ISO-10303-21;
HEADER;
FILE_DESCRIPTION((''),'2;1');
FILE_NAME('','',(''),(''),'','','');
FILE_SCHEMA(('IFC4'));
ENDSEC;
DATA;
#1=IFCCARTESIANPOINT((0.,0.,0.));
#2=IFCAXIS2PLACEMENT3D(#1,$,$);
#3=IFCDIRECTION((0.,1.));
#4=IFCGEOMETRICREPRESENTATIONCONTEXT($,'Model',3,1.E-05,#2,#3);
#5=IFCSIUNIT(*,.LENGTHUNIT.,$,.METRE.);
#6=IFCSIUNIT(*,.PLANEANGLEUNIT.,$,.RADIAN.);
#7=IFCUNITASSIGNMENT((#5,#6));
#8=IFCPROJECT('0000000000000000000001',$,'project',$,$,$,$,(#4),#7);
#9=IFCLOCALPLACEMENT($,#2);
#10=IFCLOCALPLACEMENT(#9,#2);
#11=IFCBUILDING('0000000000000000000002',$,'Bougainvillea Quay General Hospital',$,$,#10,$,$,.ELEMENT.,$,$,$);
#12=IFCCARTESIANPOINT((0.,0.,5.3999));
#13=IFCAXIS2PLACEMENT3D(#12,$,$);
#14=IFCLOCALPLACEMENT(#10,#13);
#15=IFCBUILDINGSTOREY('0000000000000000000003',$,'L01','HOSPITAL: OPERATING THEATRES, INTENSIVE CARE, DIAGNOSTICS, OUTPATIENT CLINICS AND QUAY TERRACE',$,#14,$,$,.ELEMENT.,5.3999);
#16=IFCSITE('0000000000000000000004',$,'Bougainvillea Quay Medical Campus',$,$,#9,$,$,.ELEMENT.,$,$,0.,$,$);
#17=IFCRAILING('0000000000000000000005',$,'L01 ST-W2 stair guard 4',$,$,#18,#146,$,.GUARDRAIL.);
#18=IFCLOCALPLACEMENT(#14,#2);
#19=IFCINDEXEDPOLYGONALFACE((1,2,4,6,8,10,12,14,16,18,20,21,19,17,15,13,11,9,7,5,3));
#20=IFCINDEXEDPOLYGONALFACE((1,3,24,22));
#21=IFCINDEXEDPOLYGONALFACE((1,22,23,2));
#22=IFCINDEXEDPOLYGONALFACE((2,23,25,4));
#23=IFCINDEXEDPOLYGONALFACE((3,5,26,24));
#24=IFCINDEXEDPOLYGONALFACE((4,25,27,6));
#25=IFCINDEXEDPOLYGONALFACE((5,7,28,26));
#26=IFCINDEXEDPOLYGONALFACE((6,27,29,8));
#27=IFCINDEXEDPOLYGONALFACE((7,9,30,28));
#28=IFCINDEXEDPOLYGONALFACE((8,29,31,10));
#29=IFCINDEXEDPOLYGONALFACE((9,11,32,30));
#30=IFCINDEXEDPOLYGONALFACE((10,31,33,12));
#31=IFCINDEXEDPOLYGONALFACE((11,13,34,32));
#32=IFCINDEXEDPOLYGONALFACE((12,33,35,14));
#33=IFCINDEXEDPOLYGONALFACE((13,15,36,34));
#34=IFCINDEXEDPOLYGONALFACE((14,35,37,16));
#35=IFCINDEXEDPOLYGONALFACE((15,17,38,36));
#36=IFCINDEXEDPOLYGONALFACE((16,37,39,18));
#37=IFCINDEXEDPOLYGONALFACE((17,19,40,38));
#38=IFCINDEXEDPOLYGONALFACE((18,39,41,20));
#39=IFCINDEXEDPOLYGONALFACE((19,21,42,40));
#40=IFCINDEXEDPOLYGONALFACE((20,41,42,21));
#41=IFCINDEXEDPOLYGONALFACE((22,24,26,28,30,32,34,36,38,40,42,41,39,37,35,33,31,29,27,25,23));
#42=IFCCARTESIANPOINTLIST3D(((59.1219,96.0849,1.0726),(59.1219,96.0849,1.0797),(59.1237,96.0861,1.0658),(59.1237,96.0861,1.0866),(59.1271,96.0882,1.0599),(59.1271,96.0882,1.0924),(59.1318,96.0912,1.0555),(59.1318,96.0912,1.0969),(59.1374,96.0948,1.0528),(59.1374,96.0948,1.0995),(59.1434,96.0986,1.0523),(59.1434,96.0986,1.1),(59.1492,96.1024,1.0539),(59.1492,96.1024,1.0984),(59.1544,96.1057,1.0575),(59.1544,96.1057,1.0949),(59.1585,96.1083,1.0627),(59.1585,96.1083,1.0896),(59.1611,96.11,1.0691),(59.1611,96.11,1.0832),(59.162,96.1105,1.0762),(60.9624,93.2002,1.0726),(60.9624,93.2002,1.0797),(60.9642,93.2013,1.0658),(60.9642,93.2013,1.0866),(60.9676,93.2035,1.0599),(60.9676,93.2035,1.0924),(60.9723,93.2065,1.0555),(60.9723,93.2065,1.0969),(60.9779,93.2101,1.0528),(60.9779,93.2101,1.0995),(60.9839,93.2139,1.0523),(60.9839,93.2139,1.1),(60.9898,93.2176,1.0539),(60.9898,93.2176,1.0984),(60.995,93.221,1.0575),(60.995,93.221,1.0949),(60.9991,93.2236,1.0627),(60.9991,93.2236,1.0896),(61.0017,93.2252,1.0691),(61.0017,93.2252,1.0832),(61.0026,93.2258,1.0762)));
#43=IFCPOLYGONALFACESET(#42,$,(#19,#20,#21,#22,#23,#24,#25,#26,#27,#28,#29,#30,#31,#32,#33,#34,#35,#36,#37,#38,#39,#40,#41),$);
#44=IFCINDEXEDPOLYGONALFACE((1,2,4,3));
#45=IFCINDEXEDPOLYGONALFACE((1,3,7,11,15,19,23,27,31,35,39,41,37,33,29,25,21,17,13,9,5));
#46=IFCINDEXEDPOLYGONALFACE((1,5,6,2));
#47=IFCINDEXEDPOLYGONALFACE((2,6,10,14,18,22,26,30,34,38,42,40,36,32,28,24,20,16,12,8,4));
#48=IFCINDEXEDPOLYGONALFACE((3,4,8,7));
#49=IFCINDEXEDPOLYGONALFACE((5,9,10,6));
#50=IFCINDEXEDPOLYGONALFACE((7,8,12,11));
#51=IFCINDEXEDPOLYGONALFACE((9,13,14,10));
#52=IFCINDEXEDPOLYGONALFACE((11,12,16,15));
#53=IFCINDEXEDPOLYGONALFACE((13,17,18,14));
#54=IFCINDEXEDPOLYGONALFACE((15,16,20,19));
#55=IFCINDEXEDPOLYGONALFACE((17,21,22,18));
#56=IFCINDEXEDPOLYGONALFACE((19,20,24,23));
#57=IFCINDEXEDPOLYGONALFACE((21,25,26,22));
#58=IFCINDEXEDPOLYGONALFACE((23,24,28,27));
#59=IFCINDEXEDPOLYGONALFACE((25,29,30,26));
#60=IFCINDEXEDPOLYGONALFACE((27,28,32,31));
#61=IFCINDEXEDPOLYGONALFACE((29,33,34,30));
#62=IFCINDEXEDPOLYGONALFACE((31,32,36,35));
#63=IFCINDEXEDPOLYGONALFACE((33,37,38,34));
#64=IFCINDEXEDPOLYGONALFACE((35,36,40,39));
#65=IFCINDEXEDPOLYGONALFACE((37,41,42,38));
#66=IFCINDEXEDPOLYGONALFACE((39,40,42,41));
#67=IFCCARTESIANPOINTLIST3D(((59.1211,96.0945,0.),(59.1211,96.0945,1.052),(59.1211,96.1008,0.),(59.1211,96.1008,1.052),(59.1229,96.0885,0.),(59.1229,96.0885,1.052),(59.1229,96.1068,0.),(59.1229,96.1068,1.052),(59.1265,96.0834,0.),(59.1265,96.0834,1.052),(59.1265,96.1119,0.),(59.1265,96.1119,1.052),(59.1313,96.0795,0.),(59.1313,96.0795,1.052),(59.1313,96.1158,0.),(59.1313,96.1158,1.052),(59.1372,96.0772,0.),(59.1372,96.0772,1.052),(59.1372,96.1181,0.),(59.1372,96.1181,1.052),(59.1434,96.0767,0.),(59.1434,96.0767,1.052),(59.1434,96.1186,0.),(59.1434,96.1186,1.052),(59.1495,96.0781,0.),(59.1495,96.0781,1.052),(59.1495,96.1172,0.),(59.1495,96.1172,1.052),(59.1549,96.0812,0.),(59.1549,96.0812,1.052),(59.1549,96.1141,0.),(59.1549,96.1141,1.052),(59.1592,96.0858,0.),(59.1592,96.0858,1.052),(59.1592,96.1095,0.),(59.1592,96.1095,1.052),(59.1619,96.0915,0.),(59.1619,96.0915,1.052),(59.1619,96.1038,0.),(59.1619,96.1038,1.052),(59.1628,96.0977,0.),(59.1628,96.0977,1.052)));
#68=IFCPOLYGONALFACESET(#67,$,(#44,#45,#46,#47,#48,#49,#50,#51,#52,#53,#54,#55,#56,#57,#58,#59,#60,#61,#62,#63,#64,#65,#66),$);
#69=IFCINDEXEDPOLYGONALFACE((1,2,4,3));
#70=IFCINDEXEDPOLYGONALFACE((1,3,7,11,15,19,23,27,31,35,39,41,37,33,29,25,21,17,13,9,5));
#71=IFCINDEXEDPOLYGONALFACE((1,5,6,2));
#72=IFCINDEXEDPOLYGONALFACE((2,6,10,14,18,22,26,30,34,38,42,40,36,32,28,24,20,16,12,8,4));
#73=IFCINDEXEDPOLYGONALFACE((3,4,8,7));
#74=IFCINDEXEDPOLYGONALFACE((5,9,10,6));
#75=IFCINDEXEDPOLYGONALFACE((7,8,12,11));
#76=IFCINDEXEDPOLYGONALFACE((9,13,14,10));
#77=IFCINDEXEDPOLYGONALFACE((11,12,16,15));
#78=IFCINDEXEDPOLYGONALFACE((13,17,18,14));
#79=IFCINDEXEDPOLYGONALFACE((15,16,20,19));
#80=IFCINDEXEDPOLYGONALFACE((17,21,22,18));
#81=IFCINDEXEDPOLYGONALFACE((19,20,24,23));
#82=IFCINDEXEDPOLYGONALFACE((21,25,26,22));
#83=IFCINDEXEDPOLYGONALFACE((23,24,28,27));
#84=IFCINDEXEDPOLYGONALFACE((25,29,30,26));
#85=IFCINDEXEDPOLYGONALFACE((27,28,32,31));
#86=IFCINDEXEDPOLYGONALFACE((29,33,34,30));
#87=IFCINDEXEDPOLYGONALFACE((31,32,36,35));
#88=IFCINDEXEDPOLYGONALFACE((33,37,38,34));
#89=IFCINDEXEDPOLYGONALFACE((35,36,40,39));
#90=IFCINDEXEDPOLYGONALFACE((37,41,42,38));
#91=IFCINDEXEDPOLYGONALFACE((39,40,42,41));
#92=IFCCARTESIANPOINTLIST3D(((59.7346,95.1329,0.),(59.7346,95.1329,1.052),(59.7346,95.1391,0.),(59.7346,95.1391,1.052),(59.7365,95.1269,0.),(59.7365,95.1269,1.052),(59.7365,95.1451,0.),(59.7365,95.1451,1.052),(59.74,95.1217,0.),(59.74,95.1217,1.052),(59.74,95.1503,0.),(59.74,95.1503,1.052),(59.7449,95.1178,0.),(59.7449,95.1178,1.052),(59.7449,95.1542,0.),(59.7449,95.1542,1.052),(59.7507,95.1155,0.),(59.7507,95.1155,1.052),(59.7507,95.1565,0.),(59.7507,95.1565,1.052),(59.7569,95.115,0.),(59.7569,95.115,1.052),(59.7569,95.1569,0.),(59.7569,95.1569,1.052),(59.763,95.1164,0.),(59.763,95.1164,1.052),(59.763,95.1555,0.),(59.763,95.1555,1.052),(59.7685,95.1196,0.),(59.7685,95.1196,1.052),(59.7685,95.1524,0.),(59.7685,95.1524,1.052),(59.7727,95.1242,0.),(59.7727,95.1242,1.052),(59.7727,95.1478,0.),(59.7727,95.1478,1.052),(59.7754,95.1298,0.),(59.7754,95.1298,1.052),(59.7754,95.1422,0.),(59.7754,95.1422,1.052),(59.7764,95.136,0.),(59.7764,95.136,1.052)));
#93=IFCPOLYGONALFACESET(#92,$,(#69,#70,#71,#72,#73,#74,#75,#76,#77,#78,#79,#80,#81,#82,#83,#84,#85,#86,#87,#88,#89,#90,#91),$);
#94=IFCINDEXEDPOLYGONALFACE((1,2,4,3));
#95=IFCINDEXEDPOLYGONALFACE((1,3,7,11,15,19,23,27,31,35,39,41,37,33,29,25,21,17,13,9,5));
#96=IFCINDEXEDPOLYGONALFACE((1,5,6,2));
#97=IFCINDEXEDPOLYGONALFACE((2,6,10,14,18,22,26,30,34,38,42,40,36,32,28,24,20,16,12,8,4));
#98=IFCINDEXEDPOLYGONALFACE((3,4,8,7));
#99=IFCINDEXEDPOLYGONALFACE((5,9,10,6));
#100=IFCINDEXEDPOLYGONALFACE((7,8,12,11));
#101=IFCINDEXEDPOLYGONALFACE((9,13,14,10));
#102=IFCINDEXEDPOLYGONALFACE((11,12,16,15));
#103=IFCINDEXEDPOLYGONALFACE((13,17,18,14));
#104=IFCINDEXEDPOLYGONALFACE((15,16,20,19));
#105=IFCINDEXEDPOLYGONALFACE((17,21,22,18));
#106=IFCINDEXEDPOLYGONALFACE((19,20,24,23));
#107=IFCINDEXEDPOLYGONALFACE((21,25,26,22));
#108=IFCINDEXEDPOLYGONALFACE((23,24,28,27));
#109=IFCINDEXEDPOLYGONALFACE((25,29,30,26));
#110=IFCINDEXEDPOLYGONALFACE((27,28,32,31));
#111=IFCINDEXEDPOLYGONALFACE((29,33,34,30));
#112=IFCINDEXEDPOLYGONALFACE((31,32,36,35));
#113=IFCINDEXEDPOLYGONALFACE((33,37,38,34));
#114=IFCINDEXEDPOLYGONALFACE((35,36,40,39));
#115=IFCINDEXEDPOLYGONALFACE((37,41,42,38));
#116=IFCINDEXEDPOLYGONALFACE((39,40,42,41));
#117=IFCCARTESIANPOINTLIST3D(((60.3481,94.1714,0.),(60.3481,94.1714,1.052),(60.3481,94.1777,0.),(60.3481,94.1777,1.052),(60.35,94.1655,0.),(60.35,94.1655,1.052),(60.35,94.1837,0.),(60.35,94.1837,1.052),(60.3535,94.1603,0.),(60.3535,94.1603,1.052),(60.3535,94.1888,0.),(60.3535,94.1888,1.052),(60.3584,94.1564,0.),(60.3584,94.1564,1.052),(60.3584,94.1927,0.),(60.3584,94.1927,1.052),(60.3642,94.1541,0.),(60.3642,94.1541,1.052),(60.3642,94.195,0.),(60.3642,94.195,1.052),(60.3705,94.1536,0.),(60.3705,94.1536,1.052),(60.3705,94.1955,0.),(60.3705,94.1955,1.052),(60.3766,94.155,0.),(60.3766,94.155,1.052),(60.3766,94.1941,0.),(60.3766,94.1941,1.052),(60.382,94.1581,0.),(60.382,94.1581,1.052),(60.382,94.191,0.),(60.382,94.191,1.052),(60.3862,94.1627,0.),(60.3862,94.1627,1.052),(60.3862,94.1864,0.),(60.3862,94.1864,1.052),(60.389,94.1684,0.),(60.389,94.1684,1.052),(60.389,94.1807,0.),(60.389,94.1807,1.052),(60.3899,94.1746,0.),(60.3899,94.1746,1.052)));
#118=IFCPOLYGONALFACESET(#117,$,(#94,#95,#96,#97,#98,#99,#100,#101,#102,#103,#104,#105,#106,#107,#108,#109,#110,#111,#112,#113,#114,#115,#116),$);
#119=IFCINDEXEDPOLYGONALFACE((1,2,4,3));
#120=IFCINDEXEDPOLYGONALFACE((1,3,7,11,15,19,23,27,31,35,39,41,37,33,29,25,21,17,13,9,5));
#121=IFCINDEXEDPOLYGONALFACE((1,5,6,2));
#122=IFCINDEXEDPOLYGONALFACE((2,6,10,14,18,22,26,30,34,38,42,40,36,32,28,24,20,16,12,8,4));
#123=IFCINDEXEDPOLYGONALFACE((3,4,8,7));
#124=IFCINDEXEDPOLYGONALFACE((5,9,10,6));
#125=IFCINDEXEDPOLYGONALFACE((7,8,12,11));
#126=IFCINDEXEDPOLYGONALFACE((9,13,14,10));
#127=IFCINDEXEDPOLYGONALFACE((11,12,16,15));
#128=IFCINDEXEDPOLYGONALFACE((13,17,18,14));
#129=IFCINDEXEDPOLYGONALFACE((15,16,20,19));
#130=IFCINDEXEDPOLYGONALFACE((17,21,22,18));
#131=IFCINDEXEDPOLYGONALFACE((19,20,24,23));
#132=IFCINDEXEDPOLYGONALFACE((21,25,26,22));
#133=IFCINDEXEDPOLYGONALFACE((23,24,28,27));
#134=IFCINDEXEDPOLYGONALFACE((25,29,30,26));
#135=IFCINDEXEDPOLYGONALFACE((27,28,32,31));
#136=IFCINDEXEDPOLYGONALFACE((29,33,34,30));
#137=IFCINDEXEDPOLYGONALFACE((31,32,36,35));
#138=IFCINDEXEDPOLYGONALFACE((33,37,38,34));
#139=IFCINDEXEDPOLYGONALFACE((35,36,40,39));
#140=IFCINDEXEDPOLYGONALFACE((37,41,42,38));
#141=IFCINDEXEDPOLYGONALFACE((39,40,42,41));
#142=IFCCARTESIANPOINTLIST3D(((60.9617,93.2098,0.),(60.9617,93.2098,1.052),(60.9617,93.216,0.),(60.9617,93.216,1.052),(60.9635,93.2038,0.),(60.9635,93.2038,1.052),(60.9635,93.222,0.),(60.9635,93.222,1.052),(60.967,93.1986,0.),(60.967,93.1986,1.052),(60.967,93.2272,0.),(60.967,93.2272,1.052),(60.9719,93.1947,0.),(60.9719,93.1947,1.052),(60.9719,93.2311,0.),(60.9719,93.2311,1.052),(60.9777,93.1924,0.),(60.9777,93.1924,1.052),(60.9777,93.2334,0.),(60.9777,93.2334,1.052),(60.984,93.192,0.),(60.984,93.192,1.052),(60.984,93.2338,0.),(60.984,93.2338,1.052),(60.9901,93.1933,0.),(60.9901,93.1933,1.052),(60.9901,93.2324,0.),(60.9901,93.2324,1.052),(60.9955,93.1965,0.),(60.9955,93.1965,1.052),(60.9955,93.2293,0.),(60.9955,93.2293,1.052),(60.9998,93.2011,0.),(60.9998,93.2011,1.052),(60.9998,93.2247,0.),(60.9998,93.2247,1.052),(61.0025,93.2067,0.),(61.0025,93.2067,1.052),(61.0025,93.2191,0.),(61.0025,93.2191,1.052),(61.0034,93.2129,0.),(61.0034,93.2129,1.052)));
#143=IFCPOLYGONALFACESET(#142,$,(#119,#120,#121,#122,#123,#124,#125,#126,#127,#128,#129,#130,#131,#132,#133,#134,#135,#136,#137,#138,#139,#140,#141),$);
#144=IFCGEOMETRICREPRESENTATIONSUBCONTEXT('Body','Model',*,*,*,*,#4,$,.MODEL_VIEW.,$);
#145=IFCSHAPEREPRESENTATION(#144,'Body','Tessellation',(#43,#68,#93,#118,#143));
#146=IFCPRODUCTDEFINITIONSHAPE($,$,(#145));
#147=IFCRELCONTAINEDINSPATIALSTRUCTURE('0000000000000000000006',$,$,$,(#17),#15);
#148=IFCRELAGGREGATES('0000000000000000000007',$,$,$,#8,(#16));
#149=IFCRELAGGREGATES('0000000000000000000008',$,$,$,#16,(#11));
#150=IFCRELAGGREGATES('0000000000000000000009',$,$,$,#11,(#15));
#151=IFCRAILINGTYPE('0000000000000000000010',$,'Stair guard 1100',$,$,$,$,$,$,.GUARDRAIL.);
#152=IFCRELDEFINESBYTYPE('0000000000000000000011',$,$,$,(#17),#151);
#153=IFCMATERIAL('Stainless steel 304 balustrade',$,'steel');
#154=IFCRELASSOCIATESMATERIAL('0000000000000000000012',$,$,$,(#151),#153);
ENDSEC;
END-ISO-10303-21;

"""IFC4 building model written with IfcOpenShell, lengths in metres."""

from ifc_helpers import new_model, si_unit, direction, frame, origin, origin_2d, place, context, subcontext, project, spatial, circle, extrude, material, type_object, element, save


model = new_model("IFC4")

# Units and contexts
model_context = context("Model", 3, precision=1e-05, world=origin(), true_north=direction((0.0, 1.0)))
body_context = subcontext(model_context, "Body", "Model", "MODEL_VIEW")
ifc_project = project(units=[si_unit("LENGTHUNIT", "METRE"), si_unit("PLANEANGLEUNIT", "RADIAN")], contexts=[model_context])

# Site, building, storey
site_placement = place(None, origin())
site = spatial("IfcSite", under=ifc_project, at=site_placement, Name="Bougainvillea Quay Medical Campus", CompositionType="ELEMENT", RefElevation=0.0)
building_placement = place(site_placement, origin())
building = spatial("IfcBuilding", under=site, at=building_placement, Name="Bougainvillea Quay General Hospital", CompositionType="ELEMENT")
storey_placement = place(building_placement, frame((0.0, 0.0, 5.3999)))
storey = spatial("IfcBuildingStorey", under=building, at=storey_placement, Name="L01", Description="HOSPITAL: OPERATING THEATRES, INTENSIVE CARE, DIAGNOSTICS, OUTPATIENT CLINICS AND QUAY TERRACE", CompositionType="ELEMENT", Elevation=5.3999)

# Railing
ifc_material_1 = material(Name="Stainless steel 304 balustrade", Category="steel")
railing_type_1 = type_object("IfcRailingType", Name="Stair guard 1100", PredefinedType="GUARDRAIL", material=ifc_material_1)
railing_1_placement = place(storey_placement, frame((59.1418, 96.0977, 0.0)))
element("IfcRailing", 1, at=railing_1_placement, inside=storey, type_object=railing_type_1, Name="L01 ST-W2 stair guard 4", PredefinedType="GUARDRAIL", context=body_context, shape_type="SweptSolid", body=[
    extrude(circle(Radius=0.0239, at=origin_2d()), frame((0.0, 0.0, 1.0762), z_axis=(0.537877, -0.843023, 0.0), x_axis=(0.843023, 0.537877, 0.0)), (0.0, 0.0, 1.0), 3.4219),
    extrude(circle(Radius=0.021, at=origin_2d()), origin(), (0.0, 0.0, 1.0), 1.052),
    extrude(circle(Radius=0.021, at=origin_2d()), frame((0.6135, -0.9617, 0.0)), (0.0, 0.0, 1.0), 1.052),
    extrude(circle(Radius=0.021, at=origin_2d()), frame((1.2271, -1.9231, 0.0)), (0.0, 0.0, 1.0), 1.052),
    extrude(circle(Radius=0.021, at=origin_2d()), frame((1.8406, -2.8848, 0.0)), (0.0, 0.0, 1.0), 1.052),
])

save(model, "model.ifc")
